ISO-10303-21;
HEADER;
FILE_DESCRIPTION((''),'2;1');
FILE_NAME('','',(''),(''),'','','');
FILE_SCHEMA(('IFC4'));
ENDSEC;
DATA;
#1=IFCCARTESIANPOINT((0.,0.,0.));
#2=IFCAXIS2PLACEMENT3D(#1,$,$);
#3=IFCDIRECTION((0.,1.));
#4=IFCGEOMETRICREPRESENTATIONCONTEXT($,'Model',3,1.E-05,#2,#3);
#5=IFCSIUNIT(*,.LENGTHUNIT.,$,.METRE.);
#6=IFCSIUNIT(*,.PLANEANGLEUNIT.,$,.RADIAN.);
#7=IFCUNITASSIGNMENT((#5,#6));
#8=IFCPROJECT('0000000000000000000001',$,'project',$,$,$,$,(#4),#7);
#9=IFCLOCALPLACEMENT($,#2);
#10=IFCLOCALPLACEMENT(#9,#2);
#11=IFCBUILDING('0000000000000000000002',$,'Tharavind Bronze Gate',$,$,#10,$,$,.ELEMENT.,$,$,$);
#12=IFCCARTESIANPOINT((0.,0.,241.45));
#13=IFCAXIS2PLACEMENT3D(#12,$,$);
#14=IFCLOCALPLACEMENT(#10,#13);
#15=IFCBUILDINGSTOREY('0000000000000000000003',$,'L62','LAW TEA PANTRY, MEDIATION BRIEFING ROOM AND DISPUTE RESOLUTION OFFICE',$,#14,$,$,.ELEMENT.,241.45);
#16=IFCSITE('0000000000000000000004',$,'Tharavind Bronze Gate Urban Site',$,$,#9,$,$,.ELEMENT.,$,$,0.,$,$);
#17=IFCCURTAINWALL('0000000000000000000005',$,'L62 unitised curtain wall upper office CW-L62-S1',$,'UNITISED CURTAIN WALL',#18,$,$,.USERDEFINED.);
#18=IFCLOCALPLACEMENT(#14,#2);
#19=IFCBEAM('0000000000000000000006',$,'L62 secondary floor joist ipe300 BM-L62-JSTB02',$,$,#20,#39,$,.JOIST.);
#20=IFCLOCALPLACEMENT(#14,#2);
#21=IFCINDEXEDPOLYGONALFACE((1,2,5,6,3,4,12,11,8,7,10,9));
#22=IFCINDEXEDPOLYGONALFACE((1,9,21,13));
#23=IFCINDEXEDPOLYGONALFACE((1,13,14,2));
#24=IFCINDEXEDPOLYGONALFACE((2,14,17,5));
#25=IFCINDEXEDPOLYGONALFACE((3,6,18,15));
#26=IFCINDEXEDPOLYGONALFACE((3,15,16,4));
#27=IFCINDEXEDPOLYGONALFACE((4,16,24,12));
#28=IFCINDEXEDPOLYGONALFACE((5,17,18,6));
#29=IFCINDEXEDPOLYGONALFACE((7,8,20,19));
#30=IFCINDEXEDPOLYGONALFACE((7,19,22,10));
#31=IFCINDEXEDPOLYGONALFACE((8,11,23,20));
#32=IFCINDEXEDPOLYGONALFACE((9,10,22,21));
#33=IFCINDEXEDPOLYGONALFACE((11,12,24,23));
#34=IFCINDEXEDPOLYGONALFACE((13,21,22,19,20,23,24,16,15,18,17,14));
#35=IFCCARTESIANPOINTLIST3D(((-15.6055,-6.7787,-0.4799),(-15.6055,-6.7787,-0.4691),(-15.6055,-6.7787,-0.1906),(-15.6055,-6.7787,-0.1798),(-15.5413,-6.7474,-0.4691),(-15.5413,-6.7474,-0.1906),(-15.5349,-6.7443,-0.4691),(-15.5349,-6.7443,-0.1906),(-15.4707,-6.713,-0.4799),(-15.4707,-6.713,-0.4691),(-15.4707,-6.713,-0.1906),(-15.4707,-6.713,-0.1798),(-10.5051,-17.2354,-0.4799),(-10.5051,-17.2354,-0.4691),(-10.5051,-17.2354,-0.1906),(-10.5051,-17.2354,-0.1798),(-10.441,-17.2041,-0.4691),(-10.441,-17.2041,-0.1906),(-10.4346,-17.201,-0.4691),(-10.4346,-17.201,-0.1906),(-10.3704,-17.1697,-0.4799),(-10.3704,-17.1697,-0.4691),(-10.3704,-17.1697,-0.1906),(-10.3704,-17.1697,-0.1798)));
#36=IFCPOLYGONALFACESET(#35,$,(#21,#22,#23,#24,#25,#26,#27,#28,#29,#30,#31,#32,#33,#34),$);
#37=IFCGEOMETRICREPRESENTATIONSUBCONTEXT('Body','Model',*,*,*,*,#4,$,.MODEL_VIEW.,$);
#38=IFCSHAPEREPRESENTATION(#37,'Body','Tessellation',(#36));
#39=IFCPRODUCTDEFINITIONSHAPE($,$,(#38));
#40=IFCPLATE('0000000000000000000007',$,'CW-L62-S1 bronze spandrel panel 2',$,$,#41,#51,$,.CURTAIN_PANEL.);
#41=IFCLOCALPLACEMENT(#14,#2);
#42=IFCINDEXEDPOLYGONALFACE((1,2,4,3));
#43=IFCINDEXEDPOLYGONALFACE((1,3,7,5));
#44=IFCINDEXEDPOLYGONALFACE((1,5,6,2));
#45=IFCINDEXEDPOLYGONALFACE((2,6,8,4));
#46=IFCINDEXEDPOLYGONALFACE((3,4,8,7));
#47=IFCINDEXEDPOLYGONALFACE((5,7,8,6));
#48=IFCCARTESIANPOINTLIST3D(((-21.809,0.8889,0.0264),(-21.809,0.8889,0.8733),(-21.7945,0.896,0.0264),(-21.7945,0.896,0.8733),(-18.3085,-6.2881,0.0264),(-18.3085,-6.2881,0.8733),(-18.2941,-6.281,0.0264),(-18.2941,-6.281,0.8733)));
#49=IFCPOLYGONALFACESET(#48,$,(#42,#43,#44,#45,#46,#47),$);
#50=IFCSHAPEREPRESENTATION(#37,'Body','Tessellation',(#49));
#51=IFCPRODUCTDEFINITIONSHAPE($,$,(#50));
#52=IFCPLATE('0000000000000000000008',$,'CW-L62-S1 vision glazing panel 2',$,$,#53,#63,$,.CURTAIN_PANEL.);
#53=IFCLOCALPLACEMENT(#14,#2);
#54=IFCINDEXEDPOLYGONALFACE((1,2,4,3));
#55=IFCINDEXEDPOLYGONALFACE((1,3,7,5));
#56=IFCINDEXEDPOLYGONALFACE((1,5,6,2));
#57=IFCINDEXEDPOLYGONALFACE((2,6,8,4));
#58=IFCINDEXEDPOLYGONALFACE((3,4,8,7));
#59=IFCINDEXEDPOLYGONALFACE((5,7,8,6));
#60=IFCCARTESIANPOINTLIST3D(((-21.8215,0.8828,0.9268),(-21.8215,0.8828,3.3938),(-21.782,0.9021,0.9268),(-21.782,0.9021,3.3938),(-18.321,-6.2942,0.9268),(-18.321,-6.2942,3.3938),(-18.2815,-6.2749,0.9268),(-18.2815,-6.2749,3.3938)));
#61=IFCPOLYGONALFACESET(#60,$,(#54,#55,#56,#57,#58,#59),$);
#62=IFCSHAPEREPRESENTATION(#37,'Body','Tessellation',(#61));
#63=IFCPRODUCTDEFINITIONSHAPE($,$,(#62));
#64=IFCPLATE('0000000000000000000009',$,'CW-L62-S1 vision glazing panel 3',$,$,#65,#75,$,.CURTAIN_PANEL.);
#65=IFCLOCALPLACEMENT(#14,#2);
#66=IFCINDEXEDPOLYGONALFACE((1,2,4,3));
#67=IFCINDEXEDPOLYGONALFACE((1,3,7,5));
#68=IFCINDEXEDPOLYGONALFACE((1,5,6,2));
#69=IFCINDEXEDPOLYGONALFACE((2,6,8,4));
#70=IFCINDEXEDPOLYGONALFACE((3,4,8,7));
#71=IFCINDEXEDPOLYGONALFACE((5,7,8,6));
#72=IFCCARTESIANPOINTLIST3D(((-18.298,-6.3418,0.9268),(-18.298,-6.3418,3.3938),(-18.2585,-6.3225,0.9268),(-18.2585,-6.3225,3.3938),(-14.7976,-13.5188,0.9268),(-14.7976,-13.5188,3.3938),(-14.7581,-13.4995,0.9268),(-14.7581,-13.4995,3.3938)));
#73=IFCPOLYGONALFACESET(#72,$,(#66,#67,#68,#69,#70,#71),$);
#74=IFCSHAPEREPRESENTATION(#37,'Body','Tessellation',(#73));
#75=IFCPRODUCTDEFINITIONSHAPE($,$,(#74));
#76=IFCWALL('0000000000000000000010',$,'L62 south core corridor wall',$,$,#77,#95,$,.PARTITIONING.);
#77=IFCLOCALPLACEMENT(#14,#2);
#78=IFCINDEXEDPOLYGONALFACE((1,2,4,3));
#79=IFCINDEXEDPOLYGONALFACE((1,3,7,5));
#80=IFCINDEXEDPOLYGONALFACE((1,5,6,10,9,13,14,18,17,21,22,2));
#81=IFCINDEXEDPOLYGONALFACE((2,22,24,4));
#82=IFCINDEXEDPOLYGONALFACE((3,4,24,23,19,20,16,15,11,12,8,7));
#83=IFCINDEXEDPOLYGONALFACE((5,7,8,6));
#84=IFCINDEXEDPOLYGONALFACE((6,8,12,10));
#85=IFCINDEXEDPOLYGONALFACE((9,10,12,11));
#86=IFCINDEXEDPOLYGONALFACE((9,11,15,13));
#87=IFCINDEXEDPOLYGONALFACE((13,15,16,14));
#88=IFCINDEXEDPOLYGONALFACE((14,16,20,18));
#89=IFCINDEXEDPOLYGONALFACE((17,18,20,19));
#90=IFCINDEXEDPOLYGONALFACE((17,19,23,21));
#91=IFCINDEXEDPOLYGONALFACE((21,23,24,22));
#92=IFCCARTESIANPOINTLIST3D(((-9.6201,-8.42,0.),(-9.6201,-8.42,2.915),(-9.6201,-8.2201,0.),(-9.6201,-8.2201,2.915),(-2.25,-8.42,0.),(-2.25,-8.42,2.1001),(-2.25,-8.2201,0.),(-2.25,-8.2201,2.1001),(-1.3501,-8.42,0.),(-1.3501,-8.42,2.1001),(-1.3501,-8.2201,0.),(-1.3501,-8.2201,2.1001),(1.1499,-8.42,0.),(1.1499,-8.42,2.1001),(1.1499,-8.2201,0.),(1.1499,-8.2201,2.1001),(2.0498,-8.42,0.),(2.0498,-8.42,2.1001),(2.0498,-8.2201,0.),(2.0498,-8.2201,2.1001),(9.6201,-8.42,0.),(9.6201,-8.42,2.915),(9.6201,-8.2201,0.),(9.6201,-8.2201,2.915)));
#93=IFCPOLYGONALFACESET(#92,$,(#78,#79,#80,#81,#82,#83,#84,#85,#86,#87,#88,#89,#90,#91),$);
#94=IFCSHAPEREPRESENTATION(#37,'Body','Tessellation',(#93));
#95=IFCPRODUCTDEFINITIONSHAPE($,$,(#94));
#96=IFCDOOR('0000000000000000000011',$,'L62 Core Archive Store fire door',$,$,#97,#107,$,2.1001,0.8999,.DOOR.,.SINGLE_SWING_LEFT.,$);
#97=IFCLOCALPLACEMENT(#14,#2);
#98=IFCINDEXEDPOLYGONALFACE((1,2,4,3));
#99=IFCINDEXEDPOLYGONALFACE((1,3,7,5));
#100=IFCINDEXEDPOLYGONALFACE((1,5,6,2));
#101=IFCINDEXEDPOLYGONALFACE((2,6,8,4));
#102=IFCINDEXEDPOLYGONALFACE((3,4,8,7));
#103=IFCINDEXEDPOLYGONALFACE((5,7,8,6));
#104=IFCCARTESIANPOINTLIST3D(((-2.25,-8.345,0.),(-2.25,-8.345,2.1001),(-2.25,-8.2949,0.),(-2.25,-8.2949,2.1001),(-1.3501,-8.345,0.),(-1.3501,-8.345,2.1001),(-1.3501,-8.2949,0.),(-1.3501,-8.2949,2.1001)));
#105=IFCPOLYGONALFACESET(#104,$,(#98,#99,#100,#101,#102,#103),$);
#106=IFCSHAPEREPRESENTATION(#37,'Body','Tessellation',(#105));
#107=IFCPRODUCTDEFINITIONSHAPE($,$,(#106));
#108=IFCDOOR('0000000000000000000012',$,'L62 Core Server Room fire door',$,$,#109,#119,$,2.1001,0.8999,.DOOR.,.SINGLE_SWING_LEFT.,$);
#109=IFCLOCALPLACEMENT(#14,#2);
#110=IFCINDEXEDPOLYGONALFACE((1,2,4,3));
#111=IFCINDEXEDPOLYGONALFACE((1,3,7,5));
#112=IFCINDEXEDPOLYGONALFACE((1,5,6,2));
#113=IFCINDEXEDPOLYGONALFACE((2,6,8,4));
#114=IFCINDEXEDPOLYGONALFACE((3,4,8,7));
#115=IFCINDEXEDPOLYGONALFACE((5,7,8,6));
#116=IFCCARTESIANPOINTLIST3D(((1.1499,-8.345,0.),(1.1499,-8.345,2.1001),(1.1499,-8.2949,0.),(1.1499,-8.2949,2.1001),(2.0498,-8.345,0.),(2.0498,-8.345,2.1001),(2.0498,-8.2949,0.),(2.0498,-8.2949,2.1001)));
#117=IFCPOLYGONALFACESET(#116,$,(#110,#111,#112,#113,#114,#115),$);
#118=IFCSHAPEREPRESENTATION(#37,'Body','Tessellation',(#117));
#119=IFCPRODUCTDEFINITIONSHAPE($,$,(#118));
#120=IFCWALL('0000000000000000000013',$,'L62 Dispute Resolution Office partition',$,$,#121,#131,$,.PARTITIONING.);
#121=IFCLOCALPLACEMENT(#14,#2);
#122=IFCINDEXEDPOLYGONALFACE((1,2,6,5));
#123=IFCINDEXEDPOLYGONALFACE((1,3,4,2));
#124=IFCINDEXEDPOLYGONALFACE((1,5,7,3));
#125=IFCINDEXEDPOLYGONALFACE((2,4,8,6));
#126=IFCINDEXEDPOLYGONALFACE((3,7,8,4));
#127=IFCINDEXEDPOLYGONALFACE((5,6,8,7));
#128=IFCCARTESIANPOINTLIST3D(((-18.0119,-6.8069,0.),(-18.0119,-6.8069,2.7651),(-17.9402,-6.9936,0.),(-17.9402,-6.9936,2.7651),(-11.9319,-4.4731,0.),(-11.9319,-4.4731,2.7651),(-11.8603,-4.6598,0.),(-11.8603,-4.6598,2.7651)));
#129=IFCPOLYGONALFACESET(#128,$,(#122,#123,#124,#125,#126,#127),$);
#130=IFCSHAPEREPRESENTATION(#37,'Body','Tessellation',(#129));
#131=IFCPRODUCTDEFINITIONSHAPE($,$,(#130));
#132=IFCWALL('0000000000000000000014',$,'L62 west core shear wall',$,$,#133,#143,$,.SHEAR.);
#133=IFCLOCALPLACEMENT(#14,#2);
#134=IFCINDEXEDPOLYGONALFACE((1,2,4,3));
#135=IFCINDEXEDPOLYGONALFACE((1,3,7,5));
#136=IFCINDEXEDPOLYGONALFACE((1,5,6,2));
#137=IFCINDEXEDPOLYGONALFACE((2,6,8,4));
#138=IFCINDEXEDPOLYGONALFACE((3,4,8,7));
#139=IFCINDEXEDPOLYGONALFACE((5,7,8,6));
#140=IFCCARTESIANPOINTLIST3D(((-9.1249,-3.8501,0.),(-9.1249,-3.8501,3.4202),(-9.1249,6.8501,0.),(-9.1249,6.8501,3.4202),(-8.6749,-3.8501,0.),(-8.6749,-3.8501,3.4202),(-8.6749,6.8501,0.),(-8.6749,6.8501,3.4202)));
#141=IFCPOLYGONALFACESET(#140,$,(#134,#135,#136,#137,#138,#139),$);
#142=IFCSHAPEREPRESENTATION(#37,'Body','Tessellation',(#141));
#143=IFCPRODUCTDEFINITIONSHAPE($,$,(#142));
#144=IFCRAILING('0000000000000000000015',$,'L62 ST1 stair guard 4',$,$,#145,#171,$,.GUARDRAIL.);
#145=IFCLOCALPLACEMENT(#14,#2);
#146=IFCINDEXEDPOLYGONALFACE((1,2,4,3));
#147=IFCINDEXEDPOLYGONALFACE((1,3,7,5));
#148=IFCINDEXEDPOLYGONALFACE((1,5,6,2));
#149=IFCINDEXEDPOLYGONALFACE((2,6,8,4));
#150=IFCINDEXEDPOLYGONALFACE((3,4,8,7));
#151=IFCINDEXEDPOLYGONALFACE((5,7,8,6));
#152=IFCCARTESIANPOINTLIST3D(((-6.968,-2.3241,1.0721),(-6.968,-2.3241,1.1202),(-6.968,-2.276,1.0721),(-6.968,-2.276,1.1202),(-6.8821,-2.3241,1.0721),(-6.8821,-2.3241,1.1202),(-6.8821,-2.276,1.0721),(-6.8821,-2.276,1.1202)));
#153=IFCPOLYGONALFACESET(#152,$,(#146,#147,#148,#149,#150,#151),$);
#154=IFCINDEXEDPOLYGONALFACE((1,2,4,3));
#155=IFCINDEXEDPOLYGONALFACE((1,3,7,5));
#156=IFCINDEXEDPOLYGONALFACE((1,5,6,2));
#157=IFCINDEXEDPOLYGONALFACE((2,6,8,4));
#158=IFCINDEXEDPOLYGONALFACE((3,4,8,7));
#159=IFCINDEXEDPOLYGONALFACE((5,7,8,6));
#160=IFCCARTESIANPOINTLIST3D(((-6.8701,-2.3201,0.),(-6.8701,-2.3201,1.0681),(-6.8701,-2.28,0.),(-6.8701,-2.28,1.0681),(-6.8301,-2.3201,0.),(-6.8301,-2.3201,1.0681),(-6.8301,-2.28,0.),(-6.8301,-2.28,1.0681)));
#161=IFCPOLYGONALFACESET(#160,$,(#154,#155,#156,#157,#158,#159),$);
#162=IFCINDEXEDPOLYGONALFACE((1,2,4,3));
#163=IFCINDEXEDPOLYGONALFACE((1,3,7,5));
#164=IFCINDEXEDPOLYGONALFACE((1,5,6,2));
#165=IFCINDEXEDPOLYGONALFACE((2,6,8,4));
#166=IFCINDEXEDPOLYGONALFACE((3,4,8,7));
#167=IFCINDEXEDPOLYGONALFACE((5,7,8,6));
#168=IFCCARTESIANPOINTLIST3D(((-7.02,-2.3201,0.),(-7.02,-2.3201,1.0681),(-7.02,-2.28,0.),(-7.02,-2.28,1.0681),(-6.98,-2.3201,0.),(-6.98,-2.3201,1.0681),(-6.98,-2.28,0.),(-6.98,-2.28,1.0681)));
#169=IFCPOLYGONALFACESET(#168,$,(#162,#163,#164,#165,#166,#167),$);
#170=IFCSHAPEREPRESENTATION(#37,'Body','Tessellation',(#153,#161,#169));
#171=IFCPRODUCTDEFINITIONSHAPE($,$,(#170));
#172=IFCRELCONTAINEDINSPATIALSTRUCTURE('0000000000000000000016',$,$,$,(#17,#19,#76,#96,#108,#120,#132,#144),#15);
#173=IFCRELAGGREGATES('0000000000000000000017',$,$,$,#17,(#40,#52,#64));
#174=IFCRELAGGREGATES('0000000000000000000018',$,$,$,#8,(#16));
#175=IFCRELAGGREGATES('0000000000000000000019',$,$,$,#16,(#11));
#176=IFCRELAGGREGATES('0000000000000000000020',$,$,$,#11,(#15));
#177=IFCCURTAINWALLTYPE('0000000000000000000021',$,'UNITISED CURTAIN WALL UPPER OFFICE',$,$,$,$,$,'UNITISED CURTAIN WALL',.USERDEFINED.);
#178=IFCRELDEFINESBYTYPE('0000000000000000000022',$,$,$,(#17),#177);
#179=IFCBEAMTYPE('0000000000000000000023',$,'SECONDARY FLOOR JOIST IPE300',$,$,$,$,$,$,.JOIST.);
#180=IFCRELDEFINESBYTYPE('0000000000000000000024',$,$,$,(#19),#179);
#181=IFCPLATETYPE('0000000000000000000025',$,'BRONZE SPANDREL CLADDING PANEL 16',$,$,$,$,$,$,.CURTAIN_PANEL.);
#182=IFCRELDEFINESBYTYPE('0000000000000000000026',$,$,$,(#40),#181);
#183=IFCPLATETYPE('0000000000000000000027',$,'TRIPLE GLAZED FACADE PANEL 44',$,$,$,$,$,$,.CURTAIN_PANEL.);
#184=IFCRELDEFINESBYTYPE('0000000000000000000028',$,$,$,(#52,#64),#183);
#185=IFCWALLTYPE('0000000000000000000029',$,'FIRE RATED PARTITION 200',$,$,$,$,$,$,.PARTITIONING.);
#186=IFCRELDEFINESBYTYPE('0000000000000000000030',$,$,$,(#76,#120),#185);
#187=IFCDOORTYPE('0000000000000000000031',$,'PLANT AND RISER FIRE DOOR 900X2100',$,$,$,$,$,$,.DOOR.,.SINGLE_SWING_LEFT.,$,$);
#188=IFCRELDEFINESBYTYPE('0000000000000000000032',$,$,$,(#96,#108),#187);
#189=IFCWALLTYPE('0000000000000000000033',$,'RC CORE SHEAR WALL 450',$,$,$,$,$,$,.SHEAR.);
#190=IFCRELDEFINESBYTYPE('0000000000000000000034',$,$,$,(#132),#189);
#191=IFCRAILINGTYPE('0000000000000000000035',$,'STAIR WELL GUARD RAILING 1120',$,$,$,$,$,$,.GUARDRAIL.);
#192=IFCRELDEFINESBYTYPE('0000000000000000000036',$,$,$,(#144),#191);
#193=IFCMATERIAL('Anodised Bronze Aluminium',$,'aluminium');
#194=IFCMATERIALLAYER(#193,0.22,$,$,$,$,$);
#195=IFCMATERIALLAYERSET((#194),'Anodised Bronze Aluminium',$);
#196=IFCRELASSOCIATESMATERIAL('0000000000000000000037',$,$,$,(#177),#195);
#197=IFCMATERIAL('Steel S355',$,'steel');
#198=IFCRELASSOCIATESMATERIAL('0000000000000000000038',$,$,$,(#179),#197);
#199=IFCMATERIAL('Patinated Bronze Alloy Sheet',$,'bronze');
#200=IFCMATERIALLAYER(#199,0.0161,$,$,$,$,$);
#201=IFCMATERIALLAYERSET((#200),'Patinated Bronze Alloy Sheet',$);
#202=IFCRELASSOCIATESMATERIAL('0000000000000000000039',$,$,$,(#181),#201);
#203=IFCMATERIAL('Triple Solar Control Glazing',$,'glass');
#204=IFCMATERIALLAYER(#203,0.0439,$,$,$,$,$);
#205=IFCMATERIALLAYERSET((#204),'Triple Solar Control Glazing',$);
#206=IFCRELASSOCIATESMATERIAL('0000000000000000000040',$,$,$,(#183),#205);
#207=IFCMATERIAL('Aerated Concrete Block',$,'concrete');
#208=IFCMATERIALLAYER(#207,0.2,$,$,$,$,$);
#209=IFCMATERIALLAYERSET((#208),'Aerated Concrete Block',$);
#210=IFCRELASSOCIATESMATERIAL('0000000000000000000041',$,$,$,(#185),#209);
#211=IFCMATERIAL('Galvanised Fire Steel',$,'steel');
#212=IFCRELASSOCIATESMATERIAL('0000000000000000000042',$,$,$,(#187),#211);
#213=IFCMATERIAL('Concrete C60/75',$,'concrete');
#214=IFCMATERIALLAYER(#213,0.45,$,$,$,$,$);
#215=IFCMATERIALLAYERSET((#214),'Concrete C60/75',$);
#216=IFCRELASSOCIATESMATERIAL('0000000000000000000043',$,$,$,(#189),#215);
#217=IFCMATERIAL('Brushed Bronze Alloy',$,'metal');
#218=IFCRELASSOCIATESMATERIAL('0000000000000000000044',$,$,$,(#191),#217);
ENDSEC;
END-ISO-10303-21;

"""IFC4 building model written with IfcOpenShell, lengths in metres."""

from ifc_helpers import new_model, si_unit, direction, frame, frame_2d, origin, origin_2d, place, context, subcontext, project, spatial, rectangle, i_section, extrude, material, layer, layer_set, material_profile, profile_set, type_object, element, fill, aggregate, save


model = new_model("IFC4")

# Units and contexts
model_context = context("Model", 3, precision=1e-05, world=origin(), true_north=direction((0.0, 1.0)))
body_context = subcontext(model_context, "Body", "Model", "MODEL_VIEW")
ifc_project = project(units=[si_unit("LENGTHUNIT", "METRE"), si_unit("PLANEANGLEUNIT", "RADIAN")], contexts=[model_context])

# Site, building, storey
site_placement = place(None, origin())
site = spatial("IfcSite", under=ifc_project, at=site_placement, Name="Tharavind Bronze Gate Urban Site", CompositionType="ELEMENT", RefElevation=0.0)
building_placement = place(site_placement, origin())
building = spatial("IfcBuilding", under=site, at=building_placement, Name="Tharavind Bronze Gate", CompositionType="ELEMENT")
storey_placement = place(building_placement, frame((0.0, 0.0, 241.45)))
storey = spatial("IfcBuildingStorey", under=building, at=storey_placement, Name="L62", Description="LAW TEA PANTRY, MEDIATION BRIEFING ROOM AND DISPUTE RESOLUTION OFFICE", CompositionType="ELEMENT", Elevation=241.45)

# Curtain wall
ifc_material_1 = material(Name="Anodised Bronze Aluminium", Category="aluminium")
ifc_layer_1 = layer(ifc_material_1, 0.22)
ifc_layer_set_1 = layer_set([ifc_layer_1], Name="Anodised Bronze Aluminium")
curtain_wall_type = type_object("IfcCurtainWallType", Name="UNITISED CURTAIN WALL UPPER OFFICE", ElementType="UNITISED CURTAIN WALL", PredefinedType="USERDEFINED", material=ifc_layer_set_1)
curtain_wall_placement = place(storey_placement, origin())
curtain_wall = element("IfcCurtainWall", 1, at=curtain_wall_placement, inside=storey, type_object=curtain_wall_type, Name="L62 unitised curtain wall upper office CW-L62-S1", ObjectType="UNITISED CURTAIN WALL", PredefinedType="USERDEFINED")

# Beam
ifc_material_2 = material(Name="Steel S355", Category="steel")
ifc_material_profile_1 = material_profile(ifc_material_2, i_section(OverallWidth=0.1499, OverallDepth=0.3, WebThickness=0.0071, FlangeThickness=0.0107, at=origin_2d()), Name="IPE300")
ifc_profile_set_1 = profile_set([ifc_material_profile_1], Name="Steel S355")
beam_type_1 = type_object("IfcBeamType", Name="SECONDARY FLOOR JOIST IPE300", PredefinedType="JOIST", material=ifc_profile_set_1)
beam_1_placement = place(storey_placement, frame((-15.5381, -6.7458, -0.3298), z_axis=(0.438387, -0.898786, 0.0), x_axis=(0.898786, 0.438387, 0.0)))
element("IfcBeam", 2, at=beam_1_placement, inside=storey, type_object=beam_type_1, Name="L62 secondary floor joist ipe300 BM-L62-JSTB02", PredefinedType="JOIST", context=body_context, shape_type="SweptSolid", body=[
    extrude(i_section(OverallWidth=0.1499, OverallDepth=0.3, WebThickness=0.0071, FlangeThickness=0.0107, at=origin_2d()), origin(), (0.0, 0.0, 1.0), 11.6343),
])

# Plates
ifc_material_3 = material(Name="Patinated Bronze Alloy Sheet", Category="bronze")
ifc_layer_2 = layer(ifc_material_3, 0.0161)
ifc_layer_set_2 = layer_set([ifc_layer_2], Name="Patinated Bronze Alloy Sheet")
plate_type_1 = type_object("IfcPlateType", Name="BRONZE SPANDREL CLADDING PANEL 16", PredefinedType="CURTAIN_PANEL", material=ifc_layer_set_2)
plate_1_placement = place(storey_placement, frame((-20.0515, -2.696, 0.0264), z_axis=(0.0, 0.0, 1.0), x_axis=(0.438371, -0.898794, 0.0)))
plate_1 = element("IfcPlate", 3, at=plate_1_placement, type_object=plate_type_1, Name="CW-L62-S1 bronze spandrel panel 2", PredefinedType="CURTAIN_PANEL", context=body_context, shape_type="SweptSolid", body=[
    extrude(rectangle(XDim=7.9851, YDim=0.0161, at=origin_2d()), origin(), (0.0, 0.0, 1.0), 0.8469),
])
ifc_material_4 = material(Name="Triple Solar Control Glazing", Category="glass")
ifc_layer_3 = layer(ifc_material_4, 0.0439)
ifc_layer_set_3 = layer_set([ifc_layer_3], Name="Triple Solar Control Glazing")
plate_type_2 = type_object("IfcPlateType", Name="TRIPLE GLAZED FACADE PANEL 44", PredefinedType="CURTAIN_PANEL", material=ifc_layer_set_3)
plate_2_placement = place(storey_placement, frame((-20.0515, -2.696, 0.9268), z_axis=(0.0, 0.0, 1.0), x_axis=(0.438371, -0.898794, 0.0)))
plate_2 = element("IfcPlate", 4, at=plate_2_placement, type_object=plate_type_2, Name="CW-L62-S1 vision glazing panel 2", PredefinedType="CURTAIN_PANEL", context=body_context, shape_type="SweptSolid", body=[
    extrude(rectangle(XDim=7.9851, YDim=0.0439, at=origin_2d()), origin(), (0.0, 0.0, 1.0), 2.467),
])
plate_3_placement = place(storey_placement, frame((-16.5281, -9.9207, 0.9268), z_axis=(0.0, 0.0, 1.0), x_axis=(0.438371, -0.898794, 0.0)))
plate_3 = element("IfcPlate", 5, at=plate_3_placement, type_object=plate_type_2, Name="CW-L62-S1 vision glazing panel 3", PredefinedType="CURTAIN_PANEL", context=body_context, shape_type="SweptSolid", body=[
    extrude(rectangle(XDim=7.9851, YDim=0.0439, at=origin_2d()), origin(), (0.0, 0.0, 1.0), 2.467),
])
aggregate(curtain_wall, [plate_1, plate_2, plate_3])

# Wall, openings, doors
ifc_material_5 = material(Name="Aerated Concrete Block", Category="concrete")
ifc_layer_4 = layer(ifc_material_5, 0.2)
ifc_layer_set_4 = layer_set([ifc_layer_4], Name="Aerated Concrete Block")
wall_type_1 = type_object("IfcWallType", Name="FIRE RATED PARTITION 200", PredefinedType="PARTITIONING", material=ifc_layer_set_4)
wall_1_placement = place(storey_placement, frame((-9.6201, -8.3201, 0.0), z_axis=(0.0, 0.0, 1.0), x_axis=(1.0, 0.0, 0.0)))
wall_1 = element("IfcWall", 6, at=wall_1_placement, inside=storey, type_object=wall_type_1, Name="L62 south core corridor wall", PredefinedType="PARTITIONING", context=body_context, shape_type="SweptSolid", body=[
    extrude(rectangle(XDim=19.2402, YDim=0.2, at=frame_2d((9.6201, 0.0))), origin(), (0.0, 0.0, 1.0), 2.915),
])
opening_1_placement = place(wall_1_placement, frame((7.3701, 0.0, 0.0)))
opening_1 = element("IfcOpeningElement", 7, at=opening_1_placement, cuts=wall_1, PredefinedType="OPENING", context=body_context, shape_type="SweptSolid", body=[
    extrude(rectangle(XDim=0.8999, YDim=2.1001, at=frame_2d((0.45, 1.05))), frame((0.0, 0.1101, 0.0), z_axis=(0.0, -1.0, 0.0), x_axis=(1.0, 0.0, 0.0)), (0.0, 0.0, 1.0), 0.22),
])
opening_2_placement = place(wall_1_placement, frame((10.77, 0.0, 0.0)))
opening_2 = element("IfcOpeningElement", 8, at=opening_2_placement, cuts=wall_1, PredefinedType="OPENING", context=body_context, shape_type="SweptSolid", body=[
    extrude(rectangle(XDim=0.8999, YDim=2.1001, at=frame_2d((0.45, 1.05))), frame((0.0, 0.1101, 0.0), z_axis=(0.0, -1.0, 0.0), x_axis=(1.0, 0.0, 0.0)), (0.0, 0.0, 1.0), 0.22),
])
ifc_material_6 = material(Name="Galvanised Fire Steel", Category="steel")
door_type_1 = type_object("IfcDoorType", Name="PLANT AND RISER FIRE DOOR 900X2100", OperationType="SINGLE_SWING_LEFT", PredefinedType="DOOR", material=ifc_material_6)
door_1_placement = place(opening_1_placement, frame((0.8999, 0.0, 0.0), z_axis=(0.0, 0.0, 1.0), x_axis=(-1.0, 0.0, 0.0)))
door_1 = element("IfcDoor", 9, at=door_1_placement, inside=storey, type_object=door_type_1, Name="L62 Core Archive Store fire door", OperationType="SINGLE_SWING_LEFT", OverallHeight=2.1001, OverallWidth=0.8999, PredefinedType="DOOR", context=body_context, shape_type="SweptSolid", body=[
    extrude(rectangle(XDim=0.8999, YDim=2.1001, at=frame_2d((0.45, 1.05))), frame((0.0, 0.0249, 0.0), z_axis=(0.0, -1.0, 0.0), x_axis=(1.0, 0.0, 0.0)), (0.0, 0.0, 1.0), 0.05),
])
fill(opening_1, door_1)
door_2_placement = place(opening_2_placement, frame((0.8999, 0.0, 0.0), z_axis=(0.0, 0.0, 1.0), x_axis=(-1.0, 0.0, 0.0)))
door_2 = element("IfcDoor", 10, at=door_2_placement, inside=storey, type_object=door_type_1, Name="L62 Core Server Room fire door", OperationType="SINGLE_SWING_LEFT", OverallHeight=2.1001, OverallWidth=0.8999, PredefinedType="DOOR", context=body_context, shape_type="SweptSolid", body=[
    extrude(rectangle(XDim=0.8999, YDim=2.1001, at=frame_2d((0.45, 1.05))), frame((0.0, 0.0249, 0.0), z_axis=(0.0, -1.0, 0.0), x_axis=(1.0, 0.0, 0.0)), (0.0, 0.0, 1.0), 0.05),
])
fill(opening_2, door_2)

# Wall
wall_2_placement = place(storey_placement, frame((-11.896, -4.5664, 0.0), z_axis=(0.0, 0.0, 1.0), x_axis=(-0.933585, -0.358356, 0.0)))
element("IfcWall", 11, at=wall_2_placement, inside=storey, type_object=wall_type_1, Name="L62 Dispute Resolution Office partition", PredefinedType="PARTITIONING", context=body_context, shape_type="SweptSolid", body=[
    extrude(rectangle(XDim=6.5125, YDim=0.2, at=frame_2d((3.2563, 0.0))), origin(), (0.0, 0.0, 1.0), 2.7651),
])

# Wall
ifc_material_7 = material(Name="Concrete C60/75", Category="concrete")
ifc_layer_5 = layer(ifc_material_7, 0.45)
ifc_layer_set_5 = layer_set([ifc_layer_5], Name="Concrete C60/75")
wall_type_2 = type_object("IfcWallType", Name="RC CORE SHEAR WALL 450", PredefinedType="SHEAR", material=ifc_layer_set_5)
wall_3_placement = place(storey_placement, frame((-8.8999, -3.8501, 0.0), z_axis=(0.0, 0.0, 1.0), x_axis=(0.0, 1.0, 0.0)))
element("IfcWall", 12, at=wall_3_placement, inside=storey, type_object=wall_type_2, Name="L62 west core shear wall", PredefinedType="SHEAR", context=body_context, shape_type="SweptSolid", body=[
    extrude(rectangle(XDim=10.7002, YDim=0.45, at=frame_2d((5.3501, 0.0))), origin(), (0.0, 0.0, 1.0), 3.4202),
])

# Railing
ifc_material_8 = material(Name="Brushed Bronze Alloy", Category="metal")
railing_type = type_object("IfcRailingType", Name="STAIR WELL GUARD RAILING 1120", PredefinedType="GUARDRAIL", material=ifc_material_8)
railing_placement = place(storey_placement, frame((-6.8501, -2.3, 0.0)))
element("IfcRailing", 13, at=railing_placement, inside=storey, type_object=railing_type, Name="L62 ST1 stair guard 4", PredefinedType="GUARDRAIL", context=body_context, shape_type="SweptSolid", body=[
    extrude(rectangle(XDim=0.0481, YDim=0.0481, at=origin_2d()), frame((-0.032, 0.0, 1.0962), z_axis=(-1.0, 0.0, 0.0), x_axis=(0.0, -1.0, 0.0)), (0.0, 0.0, 1.0), 0.0859),
    extrude(rectangle(XDim=0.04, YDim=0.04, at=origin_2d()), origin(), (0.0, 0.0, 1.0), 1.0681),
    extrude(rectangle(XDim=0.04, YDim=0.04, at=origin_2d()), frame((-0.1499, 0.0, 0.0)), (0.0, 0.0, 1.0), 1.0681),
])

save(model, "model.ifc")
